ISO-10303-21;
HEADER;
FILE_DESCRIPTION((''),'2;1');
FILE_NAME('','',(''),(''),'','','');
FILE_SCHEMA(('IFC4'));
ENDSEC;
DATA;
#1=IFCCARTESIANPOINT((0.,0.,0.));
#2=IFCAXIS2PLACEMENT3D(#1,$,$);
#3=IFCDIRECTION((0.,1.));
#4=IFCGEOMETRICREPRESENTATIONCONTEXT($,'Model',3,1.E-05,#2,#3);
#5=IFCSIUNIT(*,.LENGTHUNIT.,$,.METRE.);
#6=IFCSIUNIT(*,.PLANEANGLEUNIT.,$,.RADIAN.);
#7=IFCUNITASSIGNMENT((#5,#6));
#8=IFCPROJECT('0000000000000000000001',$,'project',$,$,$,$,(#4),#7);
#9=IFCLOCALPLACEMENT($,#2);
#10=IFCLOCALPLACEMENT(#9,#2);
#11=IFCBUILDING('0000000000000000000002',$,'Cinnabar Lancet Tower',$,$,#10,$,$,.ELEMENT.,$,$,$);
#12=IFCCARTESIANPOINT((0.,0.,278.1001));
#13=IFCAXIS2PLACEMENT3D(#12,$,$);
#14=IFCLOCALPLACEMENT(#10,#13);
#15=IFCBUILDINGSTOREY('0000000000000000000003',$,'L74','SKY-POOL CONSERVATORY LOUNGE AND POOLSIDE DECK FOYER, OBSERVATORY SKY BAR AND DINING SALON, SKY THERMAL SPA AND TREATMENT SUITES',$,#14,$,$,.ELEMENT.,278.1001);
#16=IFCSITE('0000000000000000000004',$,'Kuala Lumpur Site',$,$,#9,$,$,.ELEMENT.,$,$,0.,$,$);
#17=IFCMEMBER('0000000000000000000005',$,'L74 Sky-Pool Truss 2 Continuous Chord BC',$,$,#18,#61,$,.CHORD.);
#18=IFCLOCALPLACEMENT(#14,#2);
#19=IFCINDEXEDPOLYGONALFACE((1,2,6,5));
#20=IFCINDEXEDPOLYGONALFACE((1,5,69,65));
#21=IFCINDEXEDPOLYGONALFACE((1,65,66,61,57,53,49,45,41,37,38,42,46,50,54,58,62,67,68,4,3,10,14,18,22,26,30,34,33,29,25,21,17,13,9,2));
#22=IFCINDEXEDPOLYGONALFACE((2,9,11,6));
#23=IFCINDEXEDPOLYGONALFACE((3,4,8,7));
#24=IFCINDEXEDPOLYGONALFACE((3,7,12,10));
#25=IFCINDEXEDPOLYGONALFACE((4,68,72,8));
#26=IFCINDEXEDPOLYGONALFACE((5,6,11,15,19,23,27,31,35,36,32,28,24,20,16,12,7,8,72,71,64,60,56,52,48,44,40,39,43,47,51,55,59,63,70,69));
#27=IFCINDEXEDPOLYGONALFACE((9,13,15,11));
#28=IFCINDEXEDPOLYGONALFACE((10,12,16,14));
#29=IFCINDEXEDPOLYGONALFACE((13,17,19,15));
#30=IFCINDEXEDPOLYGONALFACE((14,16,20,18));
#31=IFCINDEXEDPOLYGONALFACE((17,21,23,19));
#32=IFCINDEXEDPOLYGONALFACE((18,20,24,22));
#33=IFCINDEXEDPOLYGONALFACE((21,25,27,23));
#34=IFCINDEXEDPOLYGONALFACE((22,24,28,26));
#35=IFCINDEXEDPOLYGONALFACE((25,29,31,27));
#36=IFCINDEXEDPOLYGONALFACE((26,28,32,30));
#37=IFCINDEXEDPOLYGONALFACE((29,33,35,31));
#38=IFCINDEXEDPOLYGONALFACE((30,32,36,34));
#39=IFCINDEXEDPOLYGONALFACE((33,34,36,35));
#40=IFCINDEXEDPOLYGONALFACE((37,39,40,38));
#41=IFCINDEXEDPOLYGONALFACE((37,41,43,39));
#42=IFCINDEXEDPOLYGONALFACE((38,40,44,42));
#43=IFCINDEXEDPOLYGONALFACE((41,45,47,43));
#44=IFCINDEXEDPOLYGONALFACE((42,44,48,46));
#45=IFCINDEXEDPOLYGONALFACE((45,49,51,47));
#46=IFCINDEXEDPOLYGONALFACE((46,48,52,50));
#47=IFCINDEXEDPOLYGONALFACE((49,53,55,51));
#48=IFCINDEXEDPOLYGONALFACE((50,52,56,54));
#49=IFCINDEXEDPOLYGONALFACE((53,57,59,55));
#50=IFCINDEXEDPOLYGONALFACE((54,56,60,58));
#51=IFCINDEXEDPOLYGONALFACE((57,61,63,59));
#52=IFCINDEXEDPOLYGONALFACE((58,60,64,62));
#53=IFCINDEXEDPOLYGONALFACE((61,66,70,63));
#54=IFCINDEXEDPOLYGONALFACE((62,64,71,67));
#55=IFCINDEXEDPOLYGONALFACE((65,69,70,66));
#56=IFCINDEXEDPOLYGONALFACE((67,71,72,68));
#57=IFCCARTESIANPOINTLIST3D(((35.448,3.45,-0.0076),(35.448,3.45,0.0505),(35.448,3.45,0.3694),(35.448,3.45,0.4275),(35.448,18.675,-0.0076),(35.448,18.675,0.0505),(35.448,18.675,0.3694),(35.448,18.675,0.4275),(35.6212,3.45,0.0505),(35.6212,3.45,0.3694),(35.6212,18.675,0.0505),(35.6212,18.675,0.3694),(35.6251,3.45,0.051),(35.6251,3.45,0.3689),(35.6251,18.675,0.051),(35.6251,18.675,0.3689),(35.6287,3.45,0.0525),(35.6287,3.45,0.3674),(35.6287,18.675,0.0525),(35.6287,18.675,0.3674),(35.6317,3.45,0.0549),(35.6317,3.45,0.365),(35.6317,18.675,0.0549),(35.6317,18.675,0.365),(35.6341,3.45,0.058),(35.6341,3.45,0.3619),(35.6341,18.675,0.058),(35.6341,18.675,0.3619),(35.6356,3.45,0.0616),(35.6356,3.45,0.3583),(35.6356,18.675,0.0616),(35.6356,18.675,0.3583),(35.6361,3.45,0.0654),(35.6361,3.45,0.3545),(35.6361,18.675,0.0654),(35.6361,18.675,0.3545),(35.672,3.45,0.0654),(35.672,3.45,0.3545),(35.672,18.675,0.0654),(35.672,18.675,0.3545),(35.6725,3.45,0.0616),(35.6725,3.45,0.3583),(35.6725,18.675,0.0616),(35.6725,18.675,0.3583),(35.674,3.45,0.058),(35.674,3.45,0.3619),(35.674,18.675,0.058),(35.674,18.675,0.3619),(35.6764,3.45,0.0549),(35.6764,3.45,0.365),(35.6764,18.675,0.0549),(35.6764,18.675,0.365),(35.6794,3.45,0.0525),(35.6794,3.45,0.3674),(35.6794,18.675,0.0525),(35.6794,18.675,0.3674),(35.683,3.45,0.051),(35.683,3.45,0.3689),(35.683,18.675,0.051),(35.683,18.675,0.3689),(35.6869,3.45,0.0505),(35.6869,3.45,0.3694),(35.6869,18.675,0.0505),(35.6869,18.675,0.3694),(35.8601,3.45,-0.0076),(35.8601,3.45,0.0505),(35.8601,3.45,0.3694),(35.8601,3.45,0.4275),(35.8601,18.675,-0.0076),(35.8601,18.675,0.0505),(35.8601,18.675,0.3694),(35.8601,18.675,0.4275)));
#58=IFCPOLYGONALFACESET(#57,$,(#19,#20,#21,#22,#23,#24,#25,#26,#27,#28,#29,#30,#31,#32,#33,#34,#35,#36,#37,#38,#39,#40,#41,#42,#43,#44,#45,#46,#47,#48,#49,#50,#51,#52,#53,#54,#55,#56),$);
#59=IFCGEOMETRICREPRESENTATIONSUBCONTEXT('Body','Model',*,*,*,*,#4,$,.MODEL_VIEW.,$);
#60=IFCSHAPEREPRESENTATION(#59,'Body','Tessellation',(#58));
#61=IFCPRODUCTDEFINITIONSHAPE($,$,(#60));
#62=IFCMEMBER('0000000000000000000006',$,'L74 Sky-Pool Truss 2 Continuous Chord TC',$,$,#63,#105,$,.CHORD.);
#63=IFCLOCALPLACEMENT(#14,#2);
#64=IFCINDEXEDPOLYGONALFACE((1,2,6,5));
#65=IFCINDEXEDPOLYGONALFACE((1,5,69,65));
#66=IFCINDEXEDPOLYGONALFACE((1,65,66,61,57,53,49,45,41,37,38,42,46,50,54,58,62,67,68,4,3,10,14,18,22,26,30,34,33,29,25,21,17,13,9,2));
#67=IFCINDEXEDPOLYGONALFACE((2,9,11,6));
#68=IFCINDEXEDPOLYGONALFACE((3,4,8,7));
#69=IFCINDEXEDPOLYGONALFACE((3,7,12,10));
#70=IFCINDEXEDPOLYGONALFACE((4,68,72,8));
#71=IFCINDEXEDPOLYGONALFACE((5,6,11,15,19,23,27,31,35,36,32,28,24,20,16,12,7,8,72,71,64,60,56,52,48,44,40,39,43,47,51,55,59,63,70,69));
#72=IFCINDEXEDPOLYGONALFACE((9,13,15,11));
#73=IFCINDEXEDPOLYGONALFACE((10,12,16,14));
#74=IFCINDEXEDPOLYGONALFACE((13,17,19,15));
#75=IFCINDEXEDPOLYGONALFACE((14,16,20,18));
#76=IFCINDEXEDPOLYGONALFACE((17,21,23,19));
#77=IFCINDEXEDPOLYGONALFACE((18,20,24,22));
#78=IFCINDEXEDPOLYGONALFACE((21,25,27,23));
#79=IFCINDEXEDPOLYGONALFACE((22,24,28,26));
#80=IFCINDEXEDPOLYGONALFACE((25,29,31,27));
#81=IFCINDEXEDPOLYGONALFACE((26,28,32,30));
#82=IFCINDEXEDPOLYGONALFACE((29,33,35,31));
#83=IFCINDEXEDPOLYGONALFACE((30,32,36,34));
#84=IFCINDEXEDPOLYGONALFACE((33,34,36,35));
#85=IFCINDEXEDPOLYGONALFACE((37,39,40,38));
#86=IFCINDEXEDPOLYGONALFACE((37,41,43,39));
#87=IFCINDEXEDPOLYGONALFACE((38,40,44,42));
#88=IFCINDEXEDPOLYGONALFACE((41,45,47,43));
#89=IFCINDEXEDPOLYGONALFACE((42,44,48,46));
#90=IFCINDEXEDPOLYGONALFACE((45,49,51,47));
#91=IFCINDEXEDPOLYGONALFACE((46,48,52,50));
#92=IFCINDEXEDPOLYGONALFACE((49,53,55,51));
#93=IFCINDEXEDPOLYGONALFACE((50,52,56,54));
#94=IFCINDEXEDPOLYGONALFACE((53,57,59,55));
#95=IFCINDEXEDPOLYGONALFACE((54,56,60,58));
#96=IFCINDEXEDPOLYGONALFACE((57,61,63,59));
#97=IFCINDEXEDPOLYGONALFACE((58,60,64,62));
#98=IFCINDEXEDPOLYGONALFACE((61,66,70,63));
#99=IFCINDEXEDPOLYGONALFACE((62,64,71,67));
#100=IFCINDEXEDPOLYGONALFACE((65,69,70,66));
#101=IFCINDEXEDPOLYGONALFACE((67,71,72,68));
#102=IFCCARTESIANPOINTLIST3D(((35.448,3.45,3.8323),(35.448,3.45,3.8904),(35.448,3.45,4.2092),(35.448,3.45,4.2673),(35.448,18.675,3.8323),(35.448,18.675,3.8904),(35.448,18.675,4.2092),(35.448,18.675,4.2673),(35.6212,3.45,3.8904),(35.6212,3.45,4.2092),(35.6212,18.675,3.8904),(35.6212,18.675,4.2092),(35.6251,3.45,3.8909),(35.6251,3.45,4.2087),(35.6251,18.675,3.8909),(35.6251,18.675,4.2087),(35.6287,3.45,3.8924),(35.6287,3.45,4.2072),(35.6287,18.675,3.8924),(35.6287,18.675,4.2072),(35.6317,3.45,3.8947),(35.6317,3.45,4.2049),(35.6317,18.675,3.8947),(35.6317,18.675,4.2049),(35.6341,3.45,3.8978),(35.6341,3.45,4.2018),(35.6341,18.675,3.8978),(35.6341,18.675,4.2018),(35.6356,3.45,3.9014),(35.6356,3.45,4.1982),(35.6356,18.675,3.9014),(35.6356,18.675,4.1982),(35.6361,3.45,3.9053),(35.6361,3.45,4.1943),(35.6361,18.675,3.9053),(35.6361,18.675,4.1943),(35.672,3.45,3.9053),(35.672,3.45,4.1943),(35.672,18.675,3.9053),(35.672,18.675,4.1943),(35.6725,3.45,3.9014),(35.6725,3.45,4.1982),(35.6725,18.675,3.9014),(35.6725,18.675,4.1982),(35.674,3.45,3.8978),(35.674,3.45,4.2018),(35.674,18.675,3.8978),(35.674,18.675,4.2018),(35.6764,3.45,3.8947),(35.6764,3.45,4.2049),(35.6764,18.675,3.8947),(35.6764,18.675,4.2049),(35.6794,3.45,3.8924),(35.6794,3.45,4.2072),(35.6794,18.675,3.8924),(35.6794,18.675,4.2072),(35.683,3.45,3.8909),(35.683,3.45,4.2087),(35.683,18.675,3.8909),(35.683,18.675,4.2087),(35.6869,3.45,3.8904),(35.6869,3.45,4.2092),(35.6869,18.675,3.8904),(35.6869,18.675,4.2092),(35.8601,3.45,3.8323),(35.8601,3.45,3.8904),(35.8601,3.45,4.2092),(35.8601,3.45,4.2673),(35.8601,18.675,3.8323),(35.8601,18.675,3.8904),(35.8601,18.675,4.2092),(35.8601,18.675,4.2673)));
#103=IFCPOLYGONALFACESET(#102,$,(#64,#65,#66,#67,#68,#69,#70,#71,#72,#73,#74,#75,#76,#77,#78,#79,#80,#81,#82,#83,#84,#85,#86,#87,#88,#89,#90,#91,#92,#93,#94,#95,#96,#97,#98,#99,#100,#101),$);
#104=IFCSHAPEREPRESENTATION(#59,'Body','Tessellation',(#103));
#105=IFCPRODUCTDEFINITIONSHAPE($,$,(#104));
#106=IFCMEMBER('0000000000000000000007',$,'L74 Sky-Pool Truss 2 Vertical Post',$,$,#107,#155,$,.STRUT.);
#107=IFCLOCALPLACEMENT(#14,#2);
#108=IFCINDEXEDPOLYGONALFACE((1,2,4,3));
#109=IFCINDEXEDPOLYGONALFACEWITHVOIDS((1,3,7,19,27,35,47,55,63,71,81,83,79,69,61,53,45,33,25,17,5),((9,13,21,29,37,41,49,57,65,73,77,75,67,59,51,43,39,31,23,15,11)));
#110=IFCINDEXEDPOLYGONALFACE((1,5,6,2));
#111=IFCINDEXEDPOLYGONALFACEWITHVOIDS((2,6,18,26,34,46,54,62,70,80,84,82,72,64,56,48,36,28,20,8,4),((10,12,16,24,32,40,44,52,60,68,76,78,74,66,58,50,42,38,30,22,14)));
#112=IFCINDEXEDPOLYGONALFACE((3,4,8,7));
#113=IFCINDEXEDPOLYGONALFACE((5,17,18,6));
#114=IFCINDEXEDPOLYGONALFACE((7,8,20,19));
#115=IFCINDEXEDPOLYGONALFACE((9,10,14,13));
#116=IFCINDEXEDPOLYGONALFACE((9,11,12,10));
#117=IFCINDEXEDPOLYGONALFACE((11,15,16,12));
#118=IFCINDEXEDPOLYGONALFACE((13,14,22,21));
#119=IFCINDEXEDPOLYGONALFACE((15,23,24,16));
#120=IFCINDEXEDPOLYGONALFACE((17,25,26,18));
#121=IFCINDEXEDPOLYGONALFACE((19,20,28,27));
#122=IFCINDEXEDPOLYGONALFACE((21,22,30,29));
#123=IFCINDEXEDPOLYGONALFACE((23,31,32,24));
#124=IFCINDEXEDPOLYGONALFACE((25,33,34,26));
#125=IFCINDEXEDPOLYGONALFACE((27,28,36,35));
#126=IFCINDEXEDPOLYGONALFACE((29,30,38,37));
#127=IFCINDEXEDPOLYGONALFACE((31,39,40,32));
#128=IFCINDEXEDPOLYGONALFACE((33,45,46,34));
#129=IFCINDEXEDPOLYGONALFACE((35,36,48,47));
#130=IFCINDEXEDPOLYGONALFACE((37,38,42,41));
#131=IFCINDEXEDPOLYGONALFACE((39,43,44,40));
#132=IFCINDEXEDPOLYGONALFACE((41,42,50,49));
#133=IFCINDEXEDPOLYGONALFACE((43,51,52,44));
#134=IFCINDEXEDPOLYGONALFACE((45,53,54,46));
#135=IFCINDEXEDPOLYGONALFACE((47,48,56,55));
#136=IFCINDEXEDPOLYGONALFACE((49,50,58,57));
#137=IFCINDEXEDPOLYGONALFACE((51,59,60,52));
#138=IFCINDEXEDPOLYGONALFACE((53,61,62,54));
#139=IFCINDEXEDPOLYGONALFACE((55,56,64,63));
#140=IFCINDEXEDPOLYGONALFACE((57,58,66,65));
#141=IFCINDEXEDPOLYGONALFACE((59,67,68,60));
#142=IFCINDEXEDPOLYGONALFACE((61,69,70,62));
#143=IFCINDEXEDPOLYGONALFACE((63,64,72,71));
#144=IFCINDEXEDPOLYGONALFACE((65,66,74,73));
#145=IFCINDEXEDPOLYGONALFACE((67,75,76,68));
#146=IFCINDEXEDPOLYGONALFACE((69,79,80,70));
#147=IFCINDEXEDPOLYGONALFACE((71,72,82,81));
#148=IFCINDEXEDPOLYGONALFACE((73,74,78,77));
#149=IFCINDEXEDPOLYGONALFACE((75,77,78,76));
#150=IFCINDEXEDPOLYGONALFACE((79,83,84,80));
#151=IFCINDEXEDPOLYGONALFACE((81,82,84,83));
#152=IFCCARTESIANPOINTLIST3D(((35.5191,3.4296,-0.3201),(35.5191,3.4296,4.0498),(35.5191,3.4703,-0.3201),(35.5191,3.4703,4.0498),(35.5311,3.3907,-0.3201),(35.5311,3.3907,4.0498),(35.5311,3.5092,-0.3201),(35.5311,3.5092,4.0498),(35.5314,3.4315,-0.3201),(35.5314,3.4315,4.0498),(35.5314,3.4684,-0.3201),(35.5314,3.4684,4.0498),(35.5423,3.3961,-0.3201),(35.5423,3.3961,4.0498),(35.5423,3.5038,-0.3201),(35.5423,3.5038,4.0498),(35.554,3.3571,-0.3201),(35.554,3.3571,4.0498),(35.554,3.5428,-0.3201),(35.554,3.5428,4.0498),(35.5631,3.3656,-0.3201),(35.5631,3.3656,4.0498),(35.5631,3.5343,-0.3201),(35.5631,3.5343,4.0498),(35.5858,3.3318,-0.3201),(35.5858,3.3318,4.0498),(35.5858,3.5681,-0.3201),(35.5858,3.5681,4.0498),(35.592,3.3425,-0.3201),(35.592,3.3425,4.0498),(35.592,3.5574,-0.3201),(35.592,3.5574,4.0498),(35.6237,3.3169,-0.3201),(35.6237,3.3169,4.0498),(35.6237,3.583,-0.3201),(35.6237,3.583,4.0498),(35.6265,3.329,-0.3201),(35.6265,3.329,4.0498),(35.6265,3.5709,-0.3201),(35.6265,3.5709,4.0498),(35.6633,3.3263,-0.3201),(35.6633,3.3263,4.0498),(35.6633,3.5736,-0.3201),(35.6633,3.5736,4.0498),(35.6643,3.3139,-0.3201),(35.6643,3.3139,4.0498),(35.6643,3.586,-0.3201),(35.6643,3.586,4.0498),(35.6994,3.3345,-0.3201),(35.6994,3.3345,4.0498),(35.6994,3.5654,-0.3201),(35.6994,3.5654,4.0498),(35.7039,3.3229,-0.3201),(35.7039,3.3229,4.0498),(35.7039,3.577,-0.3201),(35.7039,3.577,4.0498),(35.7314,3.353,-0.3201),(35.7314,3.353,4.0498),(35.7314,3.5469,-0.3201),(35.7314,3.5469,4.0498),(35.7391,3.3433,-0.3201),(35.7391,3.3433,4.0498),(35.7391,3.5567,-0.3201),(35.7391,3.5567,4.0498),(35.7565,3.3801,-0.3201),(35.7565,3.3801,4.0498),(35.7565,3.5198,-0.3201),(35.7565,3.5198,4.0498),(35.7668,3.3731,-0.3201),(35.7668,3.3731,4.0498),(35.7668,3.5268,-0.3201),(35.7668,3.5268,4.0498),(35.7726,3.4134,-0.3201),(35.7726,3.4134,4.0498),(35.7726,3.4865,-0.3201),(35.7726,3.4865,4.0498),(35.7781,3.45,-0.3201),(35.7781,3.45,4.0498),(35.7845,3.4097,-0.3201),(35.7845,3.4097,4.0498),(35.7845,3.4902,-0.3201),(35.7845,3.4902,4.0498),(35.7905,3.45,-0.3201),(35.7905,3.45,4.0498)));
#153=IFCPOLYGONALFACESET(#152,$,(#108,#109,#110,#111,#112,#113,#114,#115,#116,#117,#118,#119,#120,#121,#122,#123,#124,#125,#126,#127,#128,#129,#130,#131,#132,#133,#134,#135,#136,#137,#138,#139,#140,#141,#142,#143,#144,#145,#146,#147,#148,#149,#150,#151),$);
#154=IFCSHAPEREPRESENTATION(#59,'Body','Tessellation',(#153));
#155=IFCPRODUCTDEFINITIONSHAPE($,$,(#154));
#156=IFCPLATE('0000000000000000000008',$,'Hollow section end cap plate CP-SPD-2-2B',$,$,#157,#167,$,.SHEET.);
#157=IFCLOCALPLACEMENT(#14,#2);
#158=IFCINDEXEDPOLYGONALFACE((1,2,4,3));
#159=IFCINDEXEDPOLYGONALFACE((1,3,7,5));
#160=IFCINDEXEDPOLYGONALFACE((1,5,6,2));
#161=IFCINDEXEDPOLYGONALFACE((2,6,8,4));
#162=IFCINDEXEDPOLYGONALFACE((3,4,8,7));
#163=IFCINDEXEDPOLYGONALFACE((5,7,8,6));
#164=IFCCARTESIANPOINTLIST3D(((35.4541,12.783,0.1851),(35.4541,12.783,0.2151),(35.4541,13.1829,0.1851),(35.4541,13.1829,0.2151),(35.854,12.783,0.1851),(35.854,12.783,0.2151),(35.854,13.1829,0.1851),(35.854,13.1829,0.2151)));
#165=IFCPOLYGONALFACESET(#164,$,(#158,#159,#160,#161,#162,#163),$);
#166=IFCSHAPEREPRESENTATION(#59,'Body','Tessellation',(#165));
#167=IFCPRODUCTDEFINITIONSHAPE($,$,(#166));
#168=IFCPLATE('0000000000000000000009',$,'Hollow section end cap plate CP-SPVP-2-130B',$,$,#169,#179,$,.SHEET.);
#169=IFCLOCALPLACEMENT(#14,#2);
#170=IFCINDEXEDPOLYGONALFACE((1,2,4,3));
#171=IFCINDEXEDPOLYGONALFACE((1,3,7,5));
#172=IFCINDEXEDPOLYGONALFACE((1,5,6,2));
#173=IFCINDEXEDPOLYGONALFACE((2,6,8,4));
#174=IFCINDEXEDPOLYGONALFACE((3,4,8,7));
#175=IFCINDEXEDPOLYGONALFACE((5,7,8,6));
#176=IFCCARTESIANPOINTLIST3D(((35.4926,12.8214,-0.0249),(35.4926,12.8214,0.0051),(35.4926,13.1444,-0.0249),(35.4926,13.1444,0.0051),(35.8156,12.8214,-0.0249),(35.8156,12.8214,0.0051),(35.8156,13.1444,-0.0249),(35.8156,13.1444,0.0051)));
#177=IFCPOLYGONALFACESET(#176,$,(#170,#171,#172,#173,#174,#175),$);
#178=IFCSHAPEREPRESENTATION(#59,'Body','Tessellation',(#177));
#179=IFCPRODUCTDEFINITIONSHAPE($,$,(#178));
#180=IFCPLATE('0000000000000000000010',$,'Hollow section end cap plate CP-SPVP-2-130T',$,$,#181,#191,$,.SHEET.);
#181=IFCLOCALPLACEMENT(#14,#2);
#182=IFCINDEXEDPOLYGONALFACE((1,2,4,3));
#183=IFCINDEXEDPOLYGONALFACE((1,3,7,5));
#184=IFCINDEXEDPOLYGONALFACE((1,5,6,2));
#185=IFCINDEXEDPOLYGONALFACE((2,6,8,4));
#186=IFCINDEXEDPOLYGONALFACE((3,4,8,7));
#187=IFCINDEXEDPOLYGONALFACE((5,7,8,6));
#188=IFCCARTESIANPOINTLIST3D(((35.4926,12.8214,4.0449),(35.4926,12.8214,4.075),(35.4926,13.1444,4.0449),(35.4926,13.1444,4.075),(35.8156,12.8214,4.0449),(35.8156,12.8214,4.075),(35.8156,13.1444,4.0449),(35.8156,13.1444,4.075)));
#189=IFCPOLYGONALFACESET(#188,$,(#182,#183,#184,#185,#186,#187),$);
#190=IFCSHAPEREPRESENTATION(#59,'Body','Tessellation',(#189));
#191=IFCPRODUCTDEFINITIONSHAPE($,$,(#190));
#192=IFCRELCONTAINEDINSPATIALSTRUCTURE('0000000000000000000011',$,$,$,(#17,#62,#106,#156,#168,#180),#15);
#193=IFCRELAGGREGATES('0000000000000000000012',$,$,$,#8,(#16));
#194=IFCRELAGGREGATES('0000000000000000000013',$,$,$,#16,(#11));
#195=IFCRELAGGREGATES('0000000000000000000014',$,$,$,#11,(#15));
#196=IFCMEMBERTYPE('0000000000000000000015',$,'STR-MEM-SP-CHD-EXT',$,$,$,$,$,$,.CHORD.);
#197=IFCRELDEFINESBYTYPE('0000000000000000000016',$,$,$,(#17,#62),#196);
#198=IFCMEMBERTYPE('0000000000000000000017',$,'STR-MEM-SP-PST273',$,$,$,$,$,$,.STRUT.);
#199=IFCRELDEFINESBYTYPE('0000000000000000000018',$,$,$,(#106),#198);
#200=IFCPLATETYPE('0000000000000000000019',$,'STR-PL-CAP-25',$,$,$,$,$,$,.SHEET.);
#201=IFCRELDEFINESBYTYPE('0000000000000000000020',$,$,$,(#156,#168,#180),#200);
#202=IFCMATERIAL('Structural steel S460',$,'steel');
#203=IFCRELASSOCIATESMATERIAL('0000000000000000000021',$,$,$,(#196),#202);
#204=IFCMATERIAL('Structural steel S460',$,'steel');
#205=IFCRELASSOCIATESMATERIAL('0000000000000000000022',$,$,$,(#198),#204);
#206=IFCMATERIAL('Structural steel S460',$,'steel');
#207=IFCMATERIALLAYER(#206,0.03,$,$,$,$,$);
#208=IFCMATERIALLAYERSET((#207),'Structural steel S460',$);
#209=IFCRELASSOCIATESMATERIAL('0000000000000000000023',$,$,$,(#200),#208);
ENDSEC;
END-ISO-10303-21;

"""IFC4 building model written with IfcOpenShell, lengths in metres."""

from ifc_helpers import new_model, si_unit, direction, frame, origin, origin_2d, place, context, subcontext, project, spatial, rectangle, hollow_circle, i_section, extrude, material, layer, layer_set, material_profile, profile_set, type_object, element, save


model = new_model("IFC4")

# Units and contexts
model_context = context("Model", 3, precision=1e-05, world=origin(), true_north=direction((0.0, 1.0)))
body_context = subcontext(model_context, "Body", "Model", "MODEL_VIEW")
ifc_project = project(units=[si_unit("LENGTHUNIT", "METRE"), si_unit("PLANEANGLEUNIT", "RADIAN")], contexts=[model_context])

# Site, building, storey
site_placement = place(None, origin())
site = spatial("IfcSite", under=ifc_project, at=site_placement, Name="Kuala Lumpur Site", CompositionType="ELEMENT", RefElevation=0.0)
building_placement = place(site_placement, origin())
building = spatial("IfcBuilding", under=site, at=building_placement, Name="Cinnabar Lancet Tower", CompositionType="ELEMENT")
storey_placement = place(building_placement, frame((0.0, 0.0, 278.1001)))
storey = spatial("IfcBuildingStorey", under=building, at=storey_placement, Name="L74", Description="SKY-POOL CONSERVATORY LOUNGE AND POOLSIDE DECK FOYER, OBSERVATORY SKY BAR AND DINING SALON, SKY THERMAL SPA AND TREATMENT SUITES", CompositionType="ELEMENT", Elevation=278.1001)

# Members
ifc_material_1 = material(Name="Structural steel S460", Category="steel")
ifc_material_profile_1 = material_profile(ifc_material_1, i_section(OverallWidth=0.4121, OverallDepth=0.4351, WebThickness=0.0359, FlangeThickness=0.0581, FilletRadius=0.0149, at=origin_2d()), Name="HD 400x463")
ifc_profile_set_1 = profile_set([ifc_material_profile_1], Name="Structural steel S460")
member_type_1 = type_object("IfcMemberType", Name="STR-MEM-SP-CHD-EXT", PredefinedType="CHORD", material=ifc_profile_set_1)
for number, where, z_axis, x_axis, name in (
    (1, (35.6541, 3.45, 0.21), (0.0, 1.0, 0.0), (-1.0, 0.0, 0.0), "L74 Sky-Pool Truss 2 Continuous Chord BC"),
    (2, (35.6541, 3.45, 4.0498), (0.0, 1.0, 0.0), (-1.0, 0.0, 0.0), "L74 Sky-Pool Truss 2 Continuous Chord TC"),
):
    element("IfcMember", number, at=place(storey_placement, frame(where, z_axis=z_axis, x_axis=x_axis)), inside=storey, type_object=member_type_1, Name=name, PredefinedType="CHORD", context=body_context, shape_type="SweptSolid", body=[
        extrude(i_section(OverallWidth=0.4121, OverallDepth=0.4351, WebThickness=0.0359, FlangeThickness=0.0581, FilletRadius=0.0149, at=origin_2d()), origin(), (0.0, 0.0, 1.0), 15.2251),
    ])
ifc_material_2 = material(Name="Structural steel S460", Category="steel")
ifc_material_profile_2 = material_profile(ifc_material_2, hollow_circle(Radius=0.1365, WallThickness=0.0125, at=origin_2d()), Name="CHS 273x12.5")
ifc_profile_set_2 = profile_set([ifc_material_profile_2], Name="Structural steel S460")
member_type_2 = type_object("IfcMemberType", Name="STR-MEM-SP-PST273", PredefinedType="STRUT", material=ifc_profile_set_2)
member_1_placement = place(storey_placement, frame((35.6541, 3.45, -0.3201), z_axis=(0.0, 0.0, 1.0), x_axis=(1.0, 0.0, 0.0)))
element("IfcMember", 3, at=member_1_placement, inside=storey, type_object=member_type_2, Name="L74 Sky-Pool Truss 2 Vertical Post", PredefinedType="STRUT", context=body_context, shape_type="SweptSolid", body=[
    extrude(hollow_circle(Radius=0.1365, WallThickness=0.0125, at=origin_2d()), origin(), (0.0, 0.0, 1.0), 4.3699),
])

# Plates
ifc_material_3 = material(Name="Structural steel S460", Category="steel")
ifc_layer_1 = layer(ifc_material_3, 0.03)
ifc_layer_set_1 = layer_set([ifc_layer_1], Name="Structural steel S460")
plate_type_1 = type_object("IfcPlateType", Name="STR-PL-CAP-25", PredefinedType="SHEET", material=ifc_layer_set_1)
plate_1_placement = place(storey_placement, frame((35.6541, 12.9829, 0.1851), z_axis=(0.0, 0.0, 1.0), x_axis=(0.0, 1.0, 0.0)))
element("IfcPlate", 4, at=plate_1_placement, inside=storey, type_object=plate_type_1, Name="Hollow section end cap plate CP-SPD-2-2B", PredefinedType="SHEET", context=body_context, shape_type="SweptSolid", body=[
    extrude(rectangle(XDim=0.3999, YDim=0.3999, at=origin_2d()), origin(), (0.0, 0.0, 1.0), 0.03),
])
for number, where, z_axis, x_axis, name in (
    (5, (35.6541, 12.9829, -0.0249), (0.0, 0.0, 1.0), (1.0, 0.0, 0.0), "Hollow section end cap plate CP-SPVP-2-130B"),
    (6, (35.6541, 12.9829, 4.0449), (0.0, 0.0, 1.0), (1.0, 0.0, 0.0), "Hollow section end cap plate CP-SPVP-2-130T"),
):
    element("IfcPlate", number, at=place(storey_placement, frame(where, z_axis=z_axis, x_axis=x_axis)), inside=storey, type_object=plate_type_1, Name=name, PredefinedType="SHEET", context=body_context, shape_type="SweptSolid", body=[
        extrude(rectangle(XDim=0.323, YDim=0.323, at=origin_2d()), origin(), (0.0, 0.0, 1.0), 0.03),
    ])

save(model, "model.ifc")
